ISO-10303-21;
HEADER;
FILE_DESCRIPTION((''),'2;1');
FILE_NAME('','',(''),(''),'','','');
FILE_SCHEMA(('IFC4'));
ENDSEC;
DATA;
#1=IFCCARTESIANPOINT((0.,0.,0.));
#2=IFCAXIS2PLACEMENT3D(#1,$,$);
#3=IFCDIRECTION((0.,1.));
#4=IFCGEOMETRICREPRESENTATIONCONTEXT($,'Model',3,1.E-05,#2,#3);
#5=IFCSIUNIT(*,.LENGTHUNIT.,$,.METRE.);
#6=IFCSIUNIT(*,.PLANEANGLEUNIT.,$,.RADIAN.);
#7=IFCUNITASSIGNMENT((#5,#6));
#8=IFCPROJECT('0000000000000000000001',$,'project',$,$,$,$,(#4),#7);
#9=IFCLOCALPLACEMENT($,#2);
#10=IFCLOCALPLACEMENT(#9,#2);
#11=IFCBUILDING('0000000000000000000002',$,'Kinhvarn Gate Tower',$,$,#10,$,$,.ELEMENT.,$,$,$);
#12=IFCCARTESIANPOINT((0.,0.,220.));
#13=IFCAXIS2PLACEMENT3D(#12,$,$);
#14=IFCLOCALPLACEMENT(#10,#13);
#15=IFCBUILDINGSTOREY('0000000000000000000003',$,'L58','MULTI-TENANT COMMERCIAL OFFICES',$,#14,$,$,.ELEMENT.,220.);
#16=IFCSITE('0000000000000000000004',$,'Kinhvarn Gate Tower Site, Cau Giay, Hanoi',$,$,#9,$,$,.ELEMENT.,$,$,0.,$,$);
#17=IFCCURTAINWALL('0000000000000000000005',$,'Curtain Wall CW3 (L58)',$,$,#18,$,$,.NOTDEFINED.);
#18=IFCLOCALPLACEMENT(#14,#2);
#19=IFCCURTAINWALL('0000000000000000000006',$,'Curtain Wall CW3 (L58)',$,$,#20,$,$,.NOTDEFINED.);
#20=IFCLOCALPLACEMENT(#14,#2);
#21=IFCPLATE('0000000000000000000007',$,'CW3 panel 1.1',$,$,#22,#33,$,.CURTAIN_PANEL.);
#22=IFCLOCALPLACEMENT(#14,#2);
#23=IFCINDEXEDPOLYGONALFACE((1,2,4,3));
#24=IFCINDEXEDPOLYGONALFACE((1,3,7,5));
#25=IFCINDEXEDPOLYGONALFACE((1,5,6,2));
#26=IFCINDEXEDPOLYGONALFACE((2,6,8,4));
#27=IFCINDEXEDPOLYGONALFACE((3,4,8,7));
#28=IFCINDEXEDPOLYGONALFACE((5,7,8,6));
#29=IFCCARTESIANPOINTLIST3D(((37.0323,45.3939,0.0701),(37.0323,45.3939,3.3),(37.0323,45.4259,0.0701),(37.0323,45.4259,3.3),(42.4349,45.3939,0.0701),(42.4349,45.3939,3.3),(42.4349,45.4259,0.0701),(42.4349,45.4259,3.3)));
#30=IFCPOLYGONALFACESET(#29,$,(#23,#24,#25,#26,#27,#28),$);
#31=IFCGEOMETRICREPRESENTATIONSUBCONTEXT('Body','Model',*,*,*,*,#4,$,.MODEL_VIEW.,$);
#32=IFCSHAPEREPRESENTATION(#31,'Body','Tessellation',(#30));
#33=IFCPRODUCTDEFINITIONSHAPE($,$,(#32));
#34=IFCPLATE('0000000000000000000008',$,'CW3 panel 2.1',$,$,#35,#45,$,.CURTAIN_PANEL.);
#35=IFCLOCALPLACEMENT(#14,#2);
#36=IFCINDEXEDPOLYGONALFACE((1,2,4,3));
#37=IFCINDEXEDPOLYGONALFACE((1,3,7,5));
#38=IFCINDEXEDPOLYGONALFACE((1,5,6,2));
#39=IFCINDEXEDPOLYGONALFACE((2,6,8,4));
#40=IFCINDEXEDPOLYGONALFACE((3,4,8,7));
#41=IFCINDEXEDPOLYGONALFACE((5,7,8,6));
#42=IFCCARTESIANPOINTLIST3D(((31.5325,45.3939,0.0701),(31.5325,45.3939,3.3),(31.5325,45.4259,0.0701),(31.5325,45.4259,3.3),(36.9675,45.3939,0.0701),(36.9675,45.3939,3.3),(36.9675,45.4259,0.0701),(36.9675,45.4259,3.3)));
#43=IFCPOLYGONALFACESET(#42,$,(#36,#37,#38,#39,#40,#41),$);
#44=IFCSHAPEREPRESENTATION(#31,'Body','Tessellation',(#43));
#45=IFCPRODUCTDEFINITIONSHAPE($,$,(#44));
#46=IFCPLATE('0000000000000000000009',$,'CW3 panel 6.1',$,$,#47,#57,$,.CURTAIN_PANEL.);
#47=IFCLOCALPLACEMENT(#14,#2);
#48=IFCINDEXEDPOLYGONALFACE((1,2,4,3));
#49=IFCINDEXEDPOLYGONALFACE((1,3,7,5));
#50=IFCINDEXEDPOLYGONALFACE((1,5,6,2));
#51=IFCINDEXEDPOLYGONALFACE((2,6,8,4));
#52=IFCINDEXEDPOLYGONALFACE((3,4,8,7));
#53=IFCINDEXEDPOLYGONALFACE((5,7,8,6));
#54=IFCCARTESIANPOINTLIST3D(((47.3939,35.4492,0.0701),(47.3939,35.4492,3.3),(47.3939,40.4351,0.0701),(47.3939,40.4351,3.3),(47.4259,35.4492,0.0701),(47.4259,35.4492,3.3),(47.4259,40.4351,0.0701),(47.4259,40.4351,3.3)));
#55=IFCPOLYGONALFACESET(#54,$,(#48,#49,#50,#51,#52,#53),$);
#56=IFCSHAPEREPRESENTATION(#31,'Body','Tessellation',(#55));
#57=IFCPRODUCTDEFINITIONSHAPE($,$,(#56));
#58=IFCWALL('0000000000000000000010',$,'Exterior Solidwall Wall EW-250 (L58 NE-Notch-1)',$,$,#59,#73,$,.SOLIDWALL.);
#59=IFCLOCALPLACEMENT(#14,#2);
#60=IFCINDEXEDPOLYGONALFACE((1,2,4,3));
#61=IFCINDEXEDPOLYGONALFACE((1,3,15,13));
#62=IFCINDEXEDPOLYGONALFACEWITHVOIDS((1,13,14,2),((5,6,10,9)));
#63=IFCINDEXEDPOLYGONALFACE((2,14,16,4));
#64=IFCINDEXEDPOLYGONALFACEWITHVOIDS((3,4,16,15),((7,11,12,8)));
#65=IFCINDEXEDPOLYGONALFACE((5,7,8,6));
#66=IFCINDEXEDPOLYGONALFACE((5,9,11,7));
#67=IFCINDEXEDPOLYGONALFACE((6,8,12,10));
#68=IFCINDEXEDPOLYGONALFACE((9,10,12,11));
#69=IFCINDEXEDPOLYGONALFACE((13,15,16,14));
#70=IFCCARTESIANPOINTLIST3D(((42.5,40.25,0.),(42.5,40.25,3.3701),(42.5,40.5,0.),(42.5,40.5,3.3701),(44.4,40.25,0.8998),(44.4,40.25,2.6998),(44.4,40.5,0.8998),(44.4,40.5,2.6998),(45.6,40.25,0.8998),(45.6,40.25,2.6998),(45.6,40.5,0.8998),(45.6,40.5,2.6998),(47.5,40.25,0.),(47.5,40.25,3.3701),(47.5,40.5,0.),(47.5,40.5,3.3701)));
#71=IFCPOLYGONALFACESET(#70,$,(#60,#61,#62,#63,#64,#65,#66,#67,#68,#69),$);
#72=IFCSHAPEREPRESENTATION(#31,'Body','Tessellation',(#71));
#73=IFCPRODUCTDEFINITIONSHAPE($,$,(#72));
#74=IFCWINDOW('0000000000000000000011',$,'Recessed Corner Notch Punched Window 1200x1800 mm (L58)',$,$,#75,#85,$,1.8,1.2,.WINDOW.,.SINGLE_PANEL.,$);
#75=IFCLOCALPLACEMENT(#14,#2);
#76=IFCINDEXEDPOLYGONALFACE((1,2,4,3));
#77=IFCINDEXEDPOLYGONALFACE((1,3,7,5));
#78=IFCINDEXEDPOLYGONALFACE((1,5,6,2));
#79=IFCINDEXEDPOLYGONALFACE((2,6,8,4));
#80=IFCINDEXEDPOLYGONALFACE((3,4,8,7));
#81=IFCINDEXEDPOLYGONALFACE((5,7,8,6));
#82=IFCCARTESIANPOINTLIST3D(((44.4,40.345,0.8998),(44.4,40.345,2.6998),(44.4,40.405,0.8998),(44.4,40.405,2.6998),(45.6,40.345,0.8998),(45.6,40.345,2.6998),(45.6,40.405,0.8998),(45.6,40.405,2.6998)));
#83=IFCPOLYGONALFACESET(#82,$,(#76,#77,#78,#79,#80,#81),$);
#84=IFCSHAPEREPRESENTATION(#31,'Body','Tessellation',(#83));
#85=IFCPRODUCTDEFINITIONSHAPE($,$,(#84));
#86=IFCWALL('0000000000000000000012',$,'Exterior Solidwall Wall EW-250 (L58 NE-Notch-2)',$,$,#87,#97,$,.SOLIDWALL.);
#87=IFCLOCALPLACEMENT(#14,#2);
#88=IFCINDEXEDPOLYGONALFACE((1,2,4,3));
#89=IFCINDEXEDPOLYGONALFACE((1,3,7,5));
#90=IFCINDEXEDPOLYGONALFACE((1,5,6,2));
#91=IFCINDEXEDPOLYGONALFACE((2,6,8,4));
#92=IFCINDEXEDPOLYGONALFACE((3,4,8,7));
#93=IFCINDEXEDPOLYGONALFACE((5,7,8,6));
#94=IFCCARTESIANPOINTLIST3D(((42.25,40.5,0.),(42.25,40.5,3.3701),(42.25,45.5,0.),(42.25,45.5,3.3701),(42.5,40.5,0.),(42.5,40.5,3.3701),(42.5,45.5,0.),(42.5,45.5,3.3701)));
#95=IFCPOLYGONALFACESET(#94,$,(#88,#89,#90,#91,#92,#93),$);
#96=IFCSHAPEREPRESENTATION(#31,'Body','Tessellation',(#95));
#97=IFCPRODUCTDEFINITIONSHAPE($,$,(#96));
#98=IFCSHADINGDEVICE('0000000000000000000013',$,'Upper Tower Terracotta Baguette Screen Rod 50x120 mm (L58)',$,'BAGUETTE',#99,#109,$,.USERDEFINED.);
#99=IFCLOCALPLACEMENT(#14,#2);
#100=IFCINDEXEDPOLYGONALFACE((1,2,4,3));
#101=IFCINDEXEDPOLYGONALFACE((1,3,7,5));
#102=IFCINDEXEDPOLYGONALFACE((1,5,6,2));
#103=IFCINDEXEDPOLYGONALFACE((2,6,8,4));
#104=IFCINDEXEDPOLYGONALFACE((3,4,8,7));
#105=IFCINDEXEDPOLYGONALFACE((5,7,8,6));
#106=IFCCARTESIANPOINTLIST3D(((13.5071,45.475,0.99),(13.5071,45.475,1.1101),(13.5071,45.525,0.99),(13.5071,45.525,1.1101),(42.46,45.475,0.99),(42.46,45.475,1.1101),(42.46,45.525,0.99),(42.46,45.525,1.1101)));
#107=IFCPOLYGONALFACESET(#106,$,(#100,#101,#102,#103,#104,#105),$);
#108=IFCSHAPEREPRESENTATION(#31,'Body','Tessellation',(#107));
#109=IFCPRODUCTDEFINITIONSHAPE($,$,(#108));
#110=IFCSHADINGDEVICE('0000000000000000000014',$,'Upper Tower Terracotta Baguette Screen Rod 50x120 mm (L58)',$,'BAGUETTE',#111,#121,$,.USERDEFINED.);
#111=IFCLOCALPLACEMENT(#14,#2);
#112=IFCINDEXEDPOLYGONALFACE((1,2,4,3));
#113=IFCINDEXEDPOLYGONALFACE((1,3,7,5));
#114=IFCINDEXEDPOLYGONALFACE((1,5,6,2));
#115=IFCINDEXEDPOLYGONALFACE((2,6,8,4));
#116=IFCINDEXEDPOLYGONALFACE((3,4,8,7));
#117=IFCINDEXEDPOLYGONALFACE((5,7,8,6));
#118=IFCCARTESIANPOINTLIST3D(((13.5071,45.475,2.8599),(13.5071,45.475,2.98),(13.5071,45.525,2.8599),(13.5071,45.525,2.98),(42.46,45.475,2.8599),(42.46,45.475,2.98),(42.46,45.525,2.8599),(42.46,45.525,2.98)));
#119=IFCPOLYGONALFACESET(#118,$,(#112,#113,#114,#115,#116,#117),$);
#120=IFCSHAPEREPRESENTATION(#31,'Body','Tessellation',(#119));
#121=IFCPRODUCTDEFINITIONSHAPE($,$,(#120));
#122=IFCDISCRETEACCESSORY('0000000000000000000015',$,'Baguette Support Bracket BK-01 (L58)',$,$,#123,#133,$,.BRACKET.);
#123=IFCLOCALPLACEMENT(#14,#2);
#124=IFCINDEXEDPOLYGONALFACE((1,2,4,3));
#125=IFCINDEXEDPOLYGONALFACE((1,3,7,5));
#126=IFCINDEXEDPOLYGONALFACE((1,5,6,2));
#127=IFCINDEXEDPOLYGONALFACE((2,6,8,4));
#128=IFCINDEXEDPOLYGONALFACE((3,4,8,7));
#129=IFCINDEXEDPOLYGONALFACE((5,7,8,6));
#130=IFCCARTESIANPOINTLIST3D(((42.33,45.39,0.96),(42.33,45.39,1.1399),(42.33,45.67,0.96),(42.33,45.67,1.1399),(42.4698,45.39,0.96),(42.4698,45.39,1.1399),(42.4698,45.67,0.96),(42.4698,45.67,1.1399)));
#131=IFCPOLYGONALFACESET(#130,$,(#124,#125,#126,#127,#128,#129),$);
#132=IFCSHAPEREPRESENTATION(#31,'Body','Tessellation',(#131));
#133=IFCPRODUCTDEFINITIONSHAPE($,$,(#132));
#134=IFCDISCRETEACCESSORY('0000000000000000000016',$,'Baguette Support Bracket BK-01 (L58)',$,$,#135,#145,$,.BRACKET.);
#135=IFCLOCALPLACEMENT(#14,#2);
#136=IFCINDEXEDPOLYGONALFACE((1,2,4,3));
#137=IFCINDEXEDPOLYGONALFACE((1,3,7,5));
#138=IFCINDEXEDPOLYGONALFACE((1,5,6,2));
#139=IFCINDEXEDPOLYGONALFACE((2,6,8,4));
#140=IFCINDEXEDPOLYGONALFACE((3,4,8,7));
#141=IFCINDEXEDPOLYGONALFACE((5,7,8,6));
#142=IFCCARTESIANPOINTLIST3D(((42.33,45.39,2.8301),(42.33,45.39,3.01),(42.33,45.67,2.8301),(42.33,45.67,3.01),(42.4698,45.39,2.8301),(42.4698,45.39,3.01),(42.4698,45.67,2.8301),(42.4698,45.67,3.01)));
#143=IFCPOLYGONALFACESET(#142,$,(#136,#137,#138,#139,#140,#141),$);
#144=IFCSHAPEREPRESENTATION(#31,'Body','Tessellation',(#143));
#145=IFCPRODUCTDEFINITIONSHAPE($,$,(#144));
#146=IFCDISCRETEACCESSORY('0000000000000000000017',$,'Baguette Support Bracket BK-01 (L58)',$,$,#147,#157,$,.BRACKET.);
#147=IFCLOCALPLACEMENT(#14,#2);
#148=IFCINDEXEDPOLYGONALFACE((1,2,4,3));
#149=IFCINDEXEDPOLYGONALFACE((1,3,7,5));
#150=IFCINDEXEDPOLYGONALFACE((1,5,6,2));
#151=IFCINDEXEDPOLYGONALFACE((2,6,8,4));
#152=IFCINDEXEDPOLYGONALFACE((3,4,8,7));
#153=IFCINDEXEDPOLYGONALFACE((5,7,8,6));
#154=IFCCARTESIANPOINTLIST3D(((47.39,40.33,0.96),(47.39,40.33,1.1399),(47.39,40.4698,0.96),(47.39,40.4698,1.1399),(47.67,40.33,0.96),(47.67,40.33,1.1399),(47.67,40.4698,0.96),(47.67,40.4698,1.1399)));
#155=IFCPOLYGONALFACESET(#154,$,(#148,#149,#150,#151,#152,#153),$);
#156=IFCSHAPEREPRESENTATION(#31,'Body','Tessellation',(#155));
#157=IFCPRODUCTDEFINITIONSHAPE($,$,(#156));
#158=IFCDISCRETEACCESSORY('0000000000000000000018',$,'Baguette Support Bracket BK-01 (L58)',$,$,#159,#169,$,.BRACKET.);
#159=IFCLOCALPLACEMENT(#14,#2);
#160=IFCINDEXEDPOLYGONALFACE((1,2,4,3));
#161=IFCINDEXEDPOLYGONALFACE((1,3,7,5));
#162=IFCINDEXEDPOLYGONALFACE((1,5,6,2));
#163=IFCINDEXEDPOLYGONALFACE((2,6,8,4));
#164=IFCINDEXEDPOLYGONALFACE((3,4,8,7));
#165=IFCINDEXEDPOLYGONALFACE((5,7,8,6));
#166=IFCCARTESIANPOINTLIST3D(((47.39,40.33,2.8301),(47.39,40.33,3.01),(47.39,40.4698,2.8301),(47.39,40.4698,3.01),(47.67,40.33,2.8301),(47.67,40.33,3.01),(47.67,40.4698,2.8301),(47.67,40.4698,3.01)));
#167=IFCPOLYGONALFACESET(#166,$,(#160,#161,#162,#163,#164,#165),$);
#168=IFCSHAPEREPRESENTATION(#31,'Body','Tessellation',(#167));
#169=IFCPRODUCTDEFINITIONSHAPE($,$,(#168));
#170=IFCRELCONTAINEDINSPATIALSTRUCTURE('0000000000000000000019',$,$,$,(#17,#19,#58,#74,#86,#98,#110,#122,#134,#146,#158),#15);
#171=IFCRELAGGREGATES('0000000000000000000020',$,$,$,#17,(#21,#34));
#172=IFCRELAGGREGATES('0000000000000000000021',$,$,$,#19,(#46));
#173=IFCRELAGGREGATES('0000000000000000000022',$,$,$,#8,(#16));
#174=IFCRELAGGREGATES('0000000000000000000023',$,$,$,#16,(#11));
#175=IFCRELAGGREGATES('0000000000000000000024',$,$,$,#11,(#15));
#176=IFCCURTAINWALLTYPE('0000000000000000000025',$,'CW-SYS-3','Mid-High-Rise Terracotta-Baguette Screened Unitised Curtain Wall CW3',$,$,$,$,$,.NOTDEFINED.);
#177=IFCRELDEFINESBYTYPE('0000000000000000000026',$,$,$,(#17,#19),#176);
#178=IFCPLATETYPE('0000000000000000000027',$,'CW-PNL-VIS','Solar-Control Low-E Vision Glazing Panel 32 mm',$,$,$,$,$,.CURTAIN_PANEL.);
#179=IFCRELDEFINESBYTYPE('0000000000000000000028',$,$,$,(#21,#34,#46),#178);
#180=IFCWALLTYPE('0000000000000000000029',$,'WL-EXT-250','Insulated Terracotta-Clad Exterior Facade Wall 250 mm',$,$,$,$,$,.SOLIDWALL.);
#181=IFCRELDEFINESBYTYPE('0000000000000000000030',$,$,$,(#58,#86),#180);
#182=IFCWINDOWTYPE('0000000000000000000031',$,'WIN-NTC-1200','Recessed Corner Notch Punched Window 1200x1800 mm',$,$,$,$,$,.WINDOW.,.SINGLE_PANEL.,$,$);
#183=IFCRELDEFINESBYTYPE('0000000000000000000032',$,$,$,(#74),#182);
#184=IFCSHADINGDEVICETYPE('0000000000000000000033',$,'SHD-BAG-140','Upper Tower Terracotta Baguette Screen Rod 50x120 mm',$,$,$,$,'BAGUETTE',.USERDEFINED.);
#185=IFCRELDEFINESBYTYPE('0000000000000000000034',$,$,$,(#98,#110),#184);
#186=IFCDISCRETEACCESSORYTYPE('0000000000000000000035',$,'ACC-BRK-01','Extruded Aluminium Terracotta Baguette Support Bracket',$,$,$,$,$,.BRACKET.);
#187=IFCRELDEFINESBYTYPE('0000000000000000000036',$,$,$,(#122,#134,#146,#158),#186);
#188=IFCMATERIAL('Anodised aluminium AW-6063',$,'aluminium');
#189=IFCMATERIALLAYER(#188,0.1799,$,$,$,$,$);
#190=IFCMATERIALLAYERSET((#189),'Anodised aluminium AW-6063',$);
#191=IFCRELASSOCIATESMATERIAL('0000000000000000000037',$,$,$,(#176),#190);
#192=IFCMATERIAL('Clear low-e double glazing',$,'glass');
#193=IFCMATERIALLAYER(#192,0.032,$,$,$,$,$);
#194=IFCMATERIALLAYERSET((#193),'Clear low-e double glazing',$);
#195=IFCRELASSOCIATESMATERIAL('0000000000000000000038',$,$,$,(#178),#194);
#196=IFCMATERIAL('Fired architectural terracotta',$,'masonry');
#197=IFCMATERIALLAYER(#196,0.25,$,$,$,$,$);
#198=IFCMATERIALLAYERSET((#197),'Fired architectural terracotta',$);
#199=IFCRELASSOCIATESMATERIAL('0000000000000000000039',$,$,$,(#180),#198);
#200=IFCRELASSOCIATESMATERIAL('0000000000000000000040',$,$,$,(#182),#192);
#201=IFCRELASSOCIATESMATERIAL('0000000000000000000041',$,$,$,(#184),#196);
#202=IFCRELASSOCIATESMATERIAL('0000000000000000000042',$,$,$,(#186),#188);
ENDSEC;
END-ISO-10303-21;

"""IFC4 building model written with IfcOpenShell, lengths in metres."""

from ifc_helpers import new_model, si_unit, direction, frame, frame_2d, origin, origin_2d, place, context, subcontext, project, spatial, rectangle, extrude, material, layer, layer_set, material_profile, profile_set, type_object, element, fill, aggregate, save


model = new_model("IFC4")

# Units and contexts
model_context = context("Model", 3, precision=1e-05, world=origin(), true_north=direction((0.0, 1.0)))
body_context = subcontext(model_context, "Body", "Model", "MODEL_VIEW")
ifc_project = project(units=[si_unit("LENGTHUNIT", "METRE"), si_unit("PLANEANGLEUNIT", "RADIAN")], contexts=[model_context])

# Site, building, storey
site_placement = place(None, origin())
site = spatial("IfcSite", under=ifc_project, at=site_placement, Name="Kinhvarn Gate Tower Site, Cau Giay, Hanoi", CompositionType="ELEMENT", RefElevation=0.0)
building_placement = place(site_placement, origin())
building = spatial("IfcBuilding", under=site, at=building_placement, Name="Kinhvarn Gate Tower", CompositionType="ELEMENT")
storey_placement = place(building_placement, frame((0.0, 0.0, 220.0)))
storey = spatial("IfcBuildingStorey", under=building, at=storey_placement, Name="L58", Description="MULTI-TENANT COMMERCIAL OFFICES", CompositionType="ELEMENT", Elevation=220.0)

# Curtain wall
ifc_material_1 = material(Name="Anodised aluminium AW-6063", Category="aluminium")
ifc_layer_1 = layer(ifc_material_1, 0.1799)
ifc_layer_set_1 = layer_set([ifc_layer_1], Name="Anodised aluminium AW-6063")
curtain_wall_type = type_object("IfcCurtainWallType", Name="CW-SYS-3", Description="Mid-High-Rise Terracotta-Baguette Screened Unitised Curtain Wall CW3", PredefinedType="NOTDEFINED", material=ifc_layer_set_1)
curtain_wall_1_placement = place(storey_placement, origin())
curtain_wall_1 = element("IfcCurtainWall", 1, at=curtain_wall_1_placement, inside=storey, type_object=curtain_wall_type, Name="Curtain Wall CW3 (L58)", PredefinedType="NOTDEFINED")

# Curtain wall
curtain_wall_2_placement = place(storey_placement, origin())
curtain_wall_2 = element("IfcCurtainWall", 2, at=curtain_wall_2_placement, inside=storey, type_object=curtain_wall_type, Name="Curtain Wall CW3 (L58)", PredefinedType="NOTDEFINED")

# Plates
ifc_material_2 = material(Name="Clear low-e double glazing", Category="glass")
ifc_layer_2 = layer(ifc_material_2, 0.032)
ifc_layer_set_2 = layer_set([ifc_layer_2], Name="Clear low-e double glazing")
plate_type = type_object("IfcPlateType", Name="CW-PNL-VIS", Description="Solar-Control Low-E Vision Glazing Panel 32 mm", PredefinedType="CURTAIN_PANEL", material=ifc_layer_set_2)
plate_1_placement = place(storey_placement, frame((39.7336, 45.4099, 0.0701), z_axis=(0.0, 0.0, 1.0), x_axis=(-1.0, 0.0, 0.0)))
plate_1 = element("IfcPlate", 3, at=plate_1_placement, type_object=plate_type, Name="CW3 panel 1.1", PredefinedType="CURTAIN_PANEL", context=body_context, shape_type="SweptSolid", body=[
    extrude(rectangle(XDim=5.4026, YDim=0.032, at=origin_2d()), origin(), (0.0, 0.0, 1.0), 3.23),
])
plate_2_placement = place(storey_placement, frame((34.25, 45.4099, 0.0701), z_axis=(0.0, 0.0, 1.0), x_axis=(-1.0, 0.0, 0.0)))
plate_2 = element("IfcPlate", 4, at=plate_2_placement, type_object=plate_type, Name="CW3 panel 2.1", PredefinedType="CURTAIN_PANEL", context=body_context, shape_type="SweptSolid", body=[
    extrude(rectangle(XDim=5.4351, YDim=0.032, at=origin_2d()), origin(), (0.0, 0.0, 1.0), 3.23),
])
aggregate(curtain_wall_1, [plate_1, plate_2])
plate_3_placement = place(storey_placement, frame((47.4099, 37.9421, 0.0701), z_axis=(0.0, 0.0, 1.0), x_axis=(0.0, 1.0, 0.0)))
plate_3 = element("IfcPlate", 5, at=plate_3_placement, type_object=plate_type, Name="CW3 panel 6.1", PredefinedType="CURTAIN_PANEL", context=body_context, shape_type="SweptSolid", body=[
    extrude(rectangle(XDim=4.9858, YDim=0.032, at=origin_2d()), origin(), (0.0, 0.0, 1.0), 3.23),
])
aggregate(curtain_wall_2, [plate_3])

# Wall, opening, window
ifc_material_3 = material(Name="Fired architectural terracotta", Category="masonry")
ifc_layer_3 = layer(ifc_material_3, 0.25)
ifc_layer_set_3 = layer_set([ifc_layer_3], Name="Fired architectural terracotta")
wall_type = type_object("IfcWallType", Name="WL-EXT-250", Description="Insulated Terracotta-Clad Exterior Facade Wall 250 mm", PredefinedType="SOLIDWALL", material=ifc_layer_set_3)
wall_1_placement = place(storey_placement, frame((47.5, 40.375, 0.0), z_axis=(0.0, 0.0, 1.0), x_axis=(-1.0, 0.0, 0.0)))
wall_1 = element("IfcWall", 6, at=wall_1_placement, inside=storey, type_object=wall_type, Name="Exterior Solidwall Wall EW-250 (L58 NE-Notch-1)", PredefinedType="SOLIDWALL", context=body_context, shape_type="SweptSolid", body=[
    extrude(rectangle(XDim=5.0, YDim=0.25, at=frame_2d((2.5, 0.0))), origin(), (0.0, 0.0, 1.0), 3.3701),
])
opening_placement = place(wall_1_placement, frame((1.8999, 0.0, 0.8999)))
opening = element("IfcOpeningElement", 7, at=opening_placement, cuts=wall_1, PredefinedType="OPENING", context=body_context, shape_type="SweptSolid", body=[
    extrude(rectangle(XDim=1.2, YDim=1.8, at=frame_2d((0.6001, 0.8999))), frame((0.0, 0.135, 0.0), z_axis=(0.0, -1.0, 0.0), x_axis=(1.0, 0.0, 0.0)), (0.0, 0.0, 1.0), 0.27),
])
window_type = type_object("IfcWindowType", Name="WIN-NTC-1200", Description="Recessed Corner Notch Punched Window 1200x1800 mm", PartitioningType="SINGLE_PANEL", PredefinedType="WINDOW", material=ifc_material_2)
window_placement = place(opening_placement, origin())
window = element("IfcWindow", 8, at=window_placement, inside=storey, type_object=window_type, Name="Recessed Corner Notch Punched Window 1200x1800 mm (L58)", OverallHeight=1.8, OverallWidth=1.2, PartitioningType="SINGLE_PANEL", PredefinedType="WINDOW", context=body_context, shape_type="SweptSolid", body=[
    extrude(rectangle(XDim=1.2, YDim=1.8, at=frame_2d((0.6001, 0.8999))), frame((0.0, 0.03, 0.0), z_axis=(0.0, -1.0, 0.0), x_axis=(1.0, 0.0, 0.0)), (0.0, 0.0, 1.0), 0.0601),
])
fill(opening, window)

# Wall
wall_2_placement = place(storey_placement, frame((42.375, 40.5, 0.0), z_axis=(0.0, 0.0, 1.0), x_axis=(0.0, 1.0, 0.0)))
element("IfcWall", 9, at=wall_2_placement, inside=storey, type_object=wall_type, Name="Exterior Solidwall Wall EW-250 (L58 NE-Notch-2)", PredefinedType="SOLIDWALL", context=body_context, shape_type="SweptSolid", body=[
    extrude(rectangle(XDim=5.0, YDim=0.25, at=frame_2d((2.5, 0.0))), origin(), (0.0, 0.0, 1.0), 3.3701),
])

# Shading devices
ifc_material_profile_1 = material_profile(ifc_material_3, rectangle(XDim=0.05, YDim=0.1201, at=origin_2d()), Name="TC 50x120")
ifc_profile_set_1 = profile_set([ifc_material_profile_1], Name="Fired architectural terracotta")
shading_device_type = type_object("IfcShadingDeviceType", Name="SHD-BAG-140", Description="Upper Tower Terracotta Baguette Screen Rod 50x120 mm", ElementType="BAGUETTE", PredefinedType="USERDEFINED", material=ifc_profile_set_1)
for number, where, z_axis, x_axis, name in (
    (10, (42.46, 45.5, 1.05), (-1.0, 0.0, 0.0), (0.0, -1.0, 0.0), "Upper Tower Terracotta Baguette Screen Rod 50x120 mm (L58)"),
    (11, (42.46, 45.5, 2.9199), (-1.0, 0.0, 0.0), (0.0, -1.0, 0.0), "Upper Tower Terracotta Baguette Screen Rod 50x120 mm (L58)"),
):
    element("IfcShadingDevice", number, at=place(storey_placement, frame(where, z_axis=z_axis, x_axis=x_axis)), inside=storey, type_object=shading_device_type, Name=name, ObjectType="BAGUETTE", PredefinedType="USERDEFINED", context=body_context, shape_type="SweptSolid", body=[
        extrude(rectangle(XDim=0.05, YDim=0.1201, at=origin_2d()), origin(), (0.0, 0.0, 1.0), 28.9529),
    ])

# Discrete accessories
discrete_accessory_type = type_object("IfcDiscreteAccessoryType", Name="ACC-BRK-01", Description="Extruded Aluminium Terracotta Baguette Support Bracket", PredefinedType="BRACKET", material=ifc_material_1)
for number, where, z_axis, x_axis, name in (
    (12, (42.3999, 45.53, 0.96), (0.0, 0.0, 1.0), (-1.0, 0.0, 0.0), "Baguette Support Bracket BK-01 (L58)"),
    (13, (42.3999, 45.53, 2.8301), (0.0, 0.0, 1.0), (-1.0, 0.0, 0.0), "Baguette Support Bracket BK-01 (L58)"),
    (14, (47.53, 40.3999, 0.96), (0.0, 0.0, 1.0), (0.0, 1.0, 0.0), "Baguette Support Bracket BK-01 (L58)"),
    (15, (47.53, 40.3999, 2.8301), (0.0, 0.0, 1.0), (0.0, 1.0, 0.0), "Baguette Support Bracket BK-01 (L58)"),
):
    element("IfcDiscreteAccessory", number, at=place(storey_placement, frame(where, z_axis=z_axis, x_axis=x_axis)), inside=storey, type_object=discrete_accessory_type, Name=name, PredefinedType="BRACKET", context=body_context, shape_type="SweptSolid", body=[
        extrude(rectangle(XDim=0.1399, YDim=0.28, at=origin_2d()), origin(), (0.0, 0.0, 1.0), 0.1799),
    ])

save(model, "model.ifc")
